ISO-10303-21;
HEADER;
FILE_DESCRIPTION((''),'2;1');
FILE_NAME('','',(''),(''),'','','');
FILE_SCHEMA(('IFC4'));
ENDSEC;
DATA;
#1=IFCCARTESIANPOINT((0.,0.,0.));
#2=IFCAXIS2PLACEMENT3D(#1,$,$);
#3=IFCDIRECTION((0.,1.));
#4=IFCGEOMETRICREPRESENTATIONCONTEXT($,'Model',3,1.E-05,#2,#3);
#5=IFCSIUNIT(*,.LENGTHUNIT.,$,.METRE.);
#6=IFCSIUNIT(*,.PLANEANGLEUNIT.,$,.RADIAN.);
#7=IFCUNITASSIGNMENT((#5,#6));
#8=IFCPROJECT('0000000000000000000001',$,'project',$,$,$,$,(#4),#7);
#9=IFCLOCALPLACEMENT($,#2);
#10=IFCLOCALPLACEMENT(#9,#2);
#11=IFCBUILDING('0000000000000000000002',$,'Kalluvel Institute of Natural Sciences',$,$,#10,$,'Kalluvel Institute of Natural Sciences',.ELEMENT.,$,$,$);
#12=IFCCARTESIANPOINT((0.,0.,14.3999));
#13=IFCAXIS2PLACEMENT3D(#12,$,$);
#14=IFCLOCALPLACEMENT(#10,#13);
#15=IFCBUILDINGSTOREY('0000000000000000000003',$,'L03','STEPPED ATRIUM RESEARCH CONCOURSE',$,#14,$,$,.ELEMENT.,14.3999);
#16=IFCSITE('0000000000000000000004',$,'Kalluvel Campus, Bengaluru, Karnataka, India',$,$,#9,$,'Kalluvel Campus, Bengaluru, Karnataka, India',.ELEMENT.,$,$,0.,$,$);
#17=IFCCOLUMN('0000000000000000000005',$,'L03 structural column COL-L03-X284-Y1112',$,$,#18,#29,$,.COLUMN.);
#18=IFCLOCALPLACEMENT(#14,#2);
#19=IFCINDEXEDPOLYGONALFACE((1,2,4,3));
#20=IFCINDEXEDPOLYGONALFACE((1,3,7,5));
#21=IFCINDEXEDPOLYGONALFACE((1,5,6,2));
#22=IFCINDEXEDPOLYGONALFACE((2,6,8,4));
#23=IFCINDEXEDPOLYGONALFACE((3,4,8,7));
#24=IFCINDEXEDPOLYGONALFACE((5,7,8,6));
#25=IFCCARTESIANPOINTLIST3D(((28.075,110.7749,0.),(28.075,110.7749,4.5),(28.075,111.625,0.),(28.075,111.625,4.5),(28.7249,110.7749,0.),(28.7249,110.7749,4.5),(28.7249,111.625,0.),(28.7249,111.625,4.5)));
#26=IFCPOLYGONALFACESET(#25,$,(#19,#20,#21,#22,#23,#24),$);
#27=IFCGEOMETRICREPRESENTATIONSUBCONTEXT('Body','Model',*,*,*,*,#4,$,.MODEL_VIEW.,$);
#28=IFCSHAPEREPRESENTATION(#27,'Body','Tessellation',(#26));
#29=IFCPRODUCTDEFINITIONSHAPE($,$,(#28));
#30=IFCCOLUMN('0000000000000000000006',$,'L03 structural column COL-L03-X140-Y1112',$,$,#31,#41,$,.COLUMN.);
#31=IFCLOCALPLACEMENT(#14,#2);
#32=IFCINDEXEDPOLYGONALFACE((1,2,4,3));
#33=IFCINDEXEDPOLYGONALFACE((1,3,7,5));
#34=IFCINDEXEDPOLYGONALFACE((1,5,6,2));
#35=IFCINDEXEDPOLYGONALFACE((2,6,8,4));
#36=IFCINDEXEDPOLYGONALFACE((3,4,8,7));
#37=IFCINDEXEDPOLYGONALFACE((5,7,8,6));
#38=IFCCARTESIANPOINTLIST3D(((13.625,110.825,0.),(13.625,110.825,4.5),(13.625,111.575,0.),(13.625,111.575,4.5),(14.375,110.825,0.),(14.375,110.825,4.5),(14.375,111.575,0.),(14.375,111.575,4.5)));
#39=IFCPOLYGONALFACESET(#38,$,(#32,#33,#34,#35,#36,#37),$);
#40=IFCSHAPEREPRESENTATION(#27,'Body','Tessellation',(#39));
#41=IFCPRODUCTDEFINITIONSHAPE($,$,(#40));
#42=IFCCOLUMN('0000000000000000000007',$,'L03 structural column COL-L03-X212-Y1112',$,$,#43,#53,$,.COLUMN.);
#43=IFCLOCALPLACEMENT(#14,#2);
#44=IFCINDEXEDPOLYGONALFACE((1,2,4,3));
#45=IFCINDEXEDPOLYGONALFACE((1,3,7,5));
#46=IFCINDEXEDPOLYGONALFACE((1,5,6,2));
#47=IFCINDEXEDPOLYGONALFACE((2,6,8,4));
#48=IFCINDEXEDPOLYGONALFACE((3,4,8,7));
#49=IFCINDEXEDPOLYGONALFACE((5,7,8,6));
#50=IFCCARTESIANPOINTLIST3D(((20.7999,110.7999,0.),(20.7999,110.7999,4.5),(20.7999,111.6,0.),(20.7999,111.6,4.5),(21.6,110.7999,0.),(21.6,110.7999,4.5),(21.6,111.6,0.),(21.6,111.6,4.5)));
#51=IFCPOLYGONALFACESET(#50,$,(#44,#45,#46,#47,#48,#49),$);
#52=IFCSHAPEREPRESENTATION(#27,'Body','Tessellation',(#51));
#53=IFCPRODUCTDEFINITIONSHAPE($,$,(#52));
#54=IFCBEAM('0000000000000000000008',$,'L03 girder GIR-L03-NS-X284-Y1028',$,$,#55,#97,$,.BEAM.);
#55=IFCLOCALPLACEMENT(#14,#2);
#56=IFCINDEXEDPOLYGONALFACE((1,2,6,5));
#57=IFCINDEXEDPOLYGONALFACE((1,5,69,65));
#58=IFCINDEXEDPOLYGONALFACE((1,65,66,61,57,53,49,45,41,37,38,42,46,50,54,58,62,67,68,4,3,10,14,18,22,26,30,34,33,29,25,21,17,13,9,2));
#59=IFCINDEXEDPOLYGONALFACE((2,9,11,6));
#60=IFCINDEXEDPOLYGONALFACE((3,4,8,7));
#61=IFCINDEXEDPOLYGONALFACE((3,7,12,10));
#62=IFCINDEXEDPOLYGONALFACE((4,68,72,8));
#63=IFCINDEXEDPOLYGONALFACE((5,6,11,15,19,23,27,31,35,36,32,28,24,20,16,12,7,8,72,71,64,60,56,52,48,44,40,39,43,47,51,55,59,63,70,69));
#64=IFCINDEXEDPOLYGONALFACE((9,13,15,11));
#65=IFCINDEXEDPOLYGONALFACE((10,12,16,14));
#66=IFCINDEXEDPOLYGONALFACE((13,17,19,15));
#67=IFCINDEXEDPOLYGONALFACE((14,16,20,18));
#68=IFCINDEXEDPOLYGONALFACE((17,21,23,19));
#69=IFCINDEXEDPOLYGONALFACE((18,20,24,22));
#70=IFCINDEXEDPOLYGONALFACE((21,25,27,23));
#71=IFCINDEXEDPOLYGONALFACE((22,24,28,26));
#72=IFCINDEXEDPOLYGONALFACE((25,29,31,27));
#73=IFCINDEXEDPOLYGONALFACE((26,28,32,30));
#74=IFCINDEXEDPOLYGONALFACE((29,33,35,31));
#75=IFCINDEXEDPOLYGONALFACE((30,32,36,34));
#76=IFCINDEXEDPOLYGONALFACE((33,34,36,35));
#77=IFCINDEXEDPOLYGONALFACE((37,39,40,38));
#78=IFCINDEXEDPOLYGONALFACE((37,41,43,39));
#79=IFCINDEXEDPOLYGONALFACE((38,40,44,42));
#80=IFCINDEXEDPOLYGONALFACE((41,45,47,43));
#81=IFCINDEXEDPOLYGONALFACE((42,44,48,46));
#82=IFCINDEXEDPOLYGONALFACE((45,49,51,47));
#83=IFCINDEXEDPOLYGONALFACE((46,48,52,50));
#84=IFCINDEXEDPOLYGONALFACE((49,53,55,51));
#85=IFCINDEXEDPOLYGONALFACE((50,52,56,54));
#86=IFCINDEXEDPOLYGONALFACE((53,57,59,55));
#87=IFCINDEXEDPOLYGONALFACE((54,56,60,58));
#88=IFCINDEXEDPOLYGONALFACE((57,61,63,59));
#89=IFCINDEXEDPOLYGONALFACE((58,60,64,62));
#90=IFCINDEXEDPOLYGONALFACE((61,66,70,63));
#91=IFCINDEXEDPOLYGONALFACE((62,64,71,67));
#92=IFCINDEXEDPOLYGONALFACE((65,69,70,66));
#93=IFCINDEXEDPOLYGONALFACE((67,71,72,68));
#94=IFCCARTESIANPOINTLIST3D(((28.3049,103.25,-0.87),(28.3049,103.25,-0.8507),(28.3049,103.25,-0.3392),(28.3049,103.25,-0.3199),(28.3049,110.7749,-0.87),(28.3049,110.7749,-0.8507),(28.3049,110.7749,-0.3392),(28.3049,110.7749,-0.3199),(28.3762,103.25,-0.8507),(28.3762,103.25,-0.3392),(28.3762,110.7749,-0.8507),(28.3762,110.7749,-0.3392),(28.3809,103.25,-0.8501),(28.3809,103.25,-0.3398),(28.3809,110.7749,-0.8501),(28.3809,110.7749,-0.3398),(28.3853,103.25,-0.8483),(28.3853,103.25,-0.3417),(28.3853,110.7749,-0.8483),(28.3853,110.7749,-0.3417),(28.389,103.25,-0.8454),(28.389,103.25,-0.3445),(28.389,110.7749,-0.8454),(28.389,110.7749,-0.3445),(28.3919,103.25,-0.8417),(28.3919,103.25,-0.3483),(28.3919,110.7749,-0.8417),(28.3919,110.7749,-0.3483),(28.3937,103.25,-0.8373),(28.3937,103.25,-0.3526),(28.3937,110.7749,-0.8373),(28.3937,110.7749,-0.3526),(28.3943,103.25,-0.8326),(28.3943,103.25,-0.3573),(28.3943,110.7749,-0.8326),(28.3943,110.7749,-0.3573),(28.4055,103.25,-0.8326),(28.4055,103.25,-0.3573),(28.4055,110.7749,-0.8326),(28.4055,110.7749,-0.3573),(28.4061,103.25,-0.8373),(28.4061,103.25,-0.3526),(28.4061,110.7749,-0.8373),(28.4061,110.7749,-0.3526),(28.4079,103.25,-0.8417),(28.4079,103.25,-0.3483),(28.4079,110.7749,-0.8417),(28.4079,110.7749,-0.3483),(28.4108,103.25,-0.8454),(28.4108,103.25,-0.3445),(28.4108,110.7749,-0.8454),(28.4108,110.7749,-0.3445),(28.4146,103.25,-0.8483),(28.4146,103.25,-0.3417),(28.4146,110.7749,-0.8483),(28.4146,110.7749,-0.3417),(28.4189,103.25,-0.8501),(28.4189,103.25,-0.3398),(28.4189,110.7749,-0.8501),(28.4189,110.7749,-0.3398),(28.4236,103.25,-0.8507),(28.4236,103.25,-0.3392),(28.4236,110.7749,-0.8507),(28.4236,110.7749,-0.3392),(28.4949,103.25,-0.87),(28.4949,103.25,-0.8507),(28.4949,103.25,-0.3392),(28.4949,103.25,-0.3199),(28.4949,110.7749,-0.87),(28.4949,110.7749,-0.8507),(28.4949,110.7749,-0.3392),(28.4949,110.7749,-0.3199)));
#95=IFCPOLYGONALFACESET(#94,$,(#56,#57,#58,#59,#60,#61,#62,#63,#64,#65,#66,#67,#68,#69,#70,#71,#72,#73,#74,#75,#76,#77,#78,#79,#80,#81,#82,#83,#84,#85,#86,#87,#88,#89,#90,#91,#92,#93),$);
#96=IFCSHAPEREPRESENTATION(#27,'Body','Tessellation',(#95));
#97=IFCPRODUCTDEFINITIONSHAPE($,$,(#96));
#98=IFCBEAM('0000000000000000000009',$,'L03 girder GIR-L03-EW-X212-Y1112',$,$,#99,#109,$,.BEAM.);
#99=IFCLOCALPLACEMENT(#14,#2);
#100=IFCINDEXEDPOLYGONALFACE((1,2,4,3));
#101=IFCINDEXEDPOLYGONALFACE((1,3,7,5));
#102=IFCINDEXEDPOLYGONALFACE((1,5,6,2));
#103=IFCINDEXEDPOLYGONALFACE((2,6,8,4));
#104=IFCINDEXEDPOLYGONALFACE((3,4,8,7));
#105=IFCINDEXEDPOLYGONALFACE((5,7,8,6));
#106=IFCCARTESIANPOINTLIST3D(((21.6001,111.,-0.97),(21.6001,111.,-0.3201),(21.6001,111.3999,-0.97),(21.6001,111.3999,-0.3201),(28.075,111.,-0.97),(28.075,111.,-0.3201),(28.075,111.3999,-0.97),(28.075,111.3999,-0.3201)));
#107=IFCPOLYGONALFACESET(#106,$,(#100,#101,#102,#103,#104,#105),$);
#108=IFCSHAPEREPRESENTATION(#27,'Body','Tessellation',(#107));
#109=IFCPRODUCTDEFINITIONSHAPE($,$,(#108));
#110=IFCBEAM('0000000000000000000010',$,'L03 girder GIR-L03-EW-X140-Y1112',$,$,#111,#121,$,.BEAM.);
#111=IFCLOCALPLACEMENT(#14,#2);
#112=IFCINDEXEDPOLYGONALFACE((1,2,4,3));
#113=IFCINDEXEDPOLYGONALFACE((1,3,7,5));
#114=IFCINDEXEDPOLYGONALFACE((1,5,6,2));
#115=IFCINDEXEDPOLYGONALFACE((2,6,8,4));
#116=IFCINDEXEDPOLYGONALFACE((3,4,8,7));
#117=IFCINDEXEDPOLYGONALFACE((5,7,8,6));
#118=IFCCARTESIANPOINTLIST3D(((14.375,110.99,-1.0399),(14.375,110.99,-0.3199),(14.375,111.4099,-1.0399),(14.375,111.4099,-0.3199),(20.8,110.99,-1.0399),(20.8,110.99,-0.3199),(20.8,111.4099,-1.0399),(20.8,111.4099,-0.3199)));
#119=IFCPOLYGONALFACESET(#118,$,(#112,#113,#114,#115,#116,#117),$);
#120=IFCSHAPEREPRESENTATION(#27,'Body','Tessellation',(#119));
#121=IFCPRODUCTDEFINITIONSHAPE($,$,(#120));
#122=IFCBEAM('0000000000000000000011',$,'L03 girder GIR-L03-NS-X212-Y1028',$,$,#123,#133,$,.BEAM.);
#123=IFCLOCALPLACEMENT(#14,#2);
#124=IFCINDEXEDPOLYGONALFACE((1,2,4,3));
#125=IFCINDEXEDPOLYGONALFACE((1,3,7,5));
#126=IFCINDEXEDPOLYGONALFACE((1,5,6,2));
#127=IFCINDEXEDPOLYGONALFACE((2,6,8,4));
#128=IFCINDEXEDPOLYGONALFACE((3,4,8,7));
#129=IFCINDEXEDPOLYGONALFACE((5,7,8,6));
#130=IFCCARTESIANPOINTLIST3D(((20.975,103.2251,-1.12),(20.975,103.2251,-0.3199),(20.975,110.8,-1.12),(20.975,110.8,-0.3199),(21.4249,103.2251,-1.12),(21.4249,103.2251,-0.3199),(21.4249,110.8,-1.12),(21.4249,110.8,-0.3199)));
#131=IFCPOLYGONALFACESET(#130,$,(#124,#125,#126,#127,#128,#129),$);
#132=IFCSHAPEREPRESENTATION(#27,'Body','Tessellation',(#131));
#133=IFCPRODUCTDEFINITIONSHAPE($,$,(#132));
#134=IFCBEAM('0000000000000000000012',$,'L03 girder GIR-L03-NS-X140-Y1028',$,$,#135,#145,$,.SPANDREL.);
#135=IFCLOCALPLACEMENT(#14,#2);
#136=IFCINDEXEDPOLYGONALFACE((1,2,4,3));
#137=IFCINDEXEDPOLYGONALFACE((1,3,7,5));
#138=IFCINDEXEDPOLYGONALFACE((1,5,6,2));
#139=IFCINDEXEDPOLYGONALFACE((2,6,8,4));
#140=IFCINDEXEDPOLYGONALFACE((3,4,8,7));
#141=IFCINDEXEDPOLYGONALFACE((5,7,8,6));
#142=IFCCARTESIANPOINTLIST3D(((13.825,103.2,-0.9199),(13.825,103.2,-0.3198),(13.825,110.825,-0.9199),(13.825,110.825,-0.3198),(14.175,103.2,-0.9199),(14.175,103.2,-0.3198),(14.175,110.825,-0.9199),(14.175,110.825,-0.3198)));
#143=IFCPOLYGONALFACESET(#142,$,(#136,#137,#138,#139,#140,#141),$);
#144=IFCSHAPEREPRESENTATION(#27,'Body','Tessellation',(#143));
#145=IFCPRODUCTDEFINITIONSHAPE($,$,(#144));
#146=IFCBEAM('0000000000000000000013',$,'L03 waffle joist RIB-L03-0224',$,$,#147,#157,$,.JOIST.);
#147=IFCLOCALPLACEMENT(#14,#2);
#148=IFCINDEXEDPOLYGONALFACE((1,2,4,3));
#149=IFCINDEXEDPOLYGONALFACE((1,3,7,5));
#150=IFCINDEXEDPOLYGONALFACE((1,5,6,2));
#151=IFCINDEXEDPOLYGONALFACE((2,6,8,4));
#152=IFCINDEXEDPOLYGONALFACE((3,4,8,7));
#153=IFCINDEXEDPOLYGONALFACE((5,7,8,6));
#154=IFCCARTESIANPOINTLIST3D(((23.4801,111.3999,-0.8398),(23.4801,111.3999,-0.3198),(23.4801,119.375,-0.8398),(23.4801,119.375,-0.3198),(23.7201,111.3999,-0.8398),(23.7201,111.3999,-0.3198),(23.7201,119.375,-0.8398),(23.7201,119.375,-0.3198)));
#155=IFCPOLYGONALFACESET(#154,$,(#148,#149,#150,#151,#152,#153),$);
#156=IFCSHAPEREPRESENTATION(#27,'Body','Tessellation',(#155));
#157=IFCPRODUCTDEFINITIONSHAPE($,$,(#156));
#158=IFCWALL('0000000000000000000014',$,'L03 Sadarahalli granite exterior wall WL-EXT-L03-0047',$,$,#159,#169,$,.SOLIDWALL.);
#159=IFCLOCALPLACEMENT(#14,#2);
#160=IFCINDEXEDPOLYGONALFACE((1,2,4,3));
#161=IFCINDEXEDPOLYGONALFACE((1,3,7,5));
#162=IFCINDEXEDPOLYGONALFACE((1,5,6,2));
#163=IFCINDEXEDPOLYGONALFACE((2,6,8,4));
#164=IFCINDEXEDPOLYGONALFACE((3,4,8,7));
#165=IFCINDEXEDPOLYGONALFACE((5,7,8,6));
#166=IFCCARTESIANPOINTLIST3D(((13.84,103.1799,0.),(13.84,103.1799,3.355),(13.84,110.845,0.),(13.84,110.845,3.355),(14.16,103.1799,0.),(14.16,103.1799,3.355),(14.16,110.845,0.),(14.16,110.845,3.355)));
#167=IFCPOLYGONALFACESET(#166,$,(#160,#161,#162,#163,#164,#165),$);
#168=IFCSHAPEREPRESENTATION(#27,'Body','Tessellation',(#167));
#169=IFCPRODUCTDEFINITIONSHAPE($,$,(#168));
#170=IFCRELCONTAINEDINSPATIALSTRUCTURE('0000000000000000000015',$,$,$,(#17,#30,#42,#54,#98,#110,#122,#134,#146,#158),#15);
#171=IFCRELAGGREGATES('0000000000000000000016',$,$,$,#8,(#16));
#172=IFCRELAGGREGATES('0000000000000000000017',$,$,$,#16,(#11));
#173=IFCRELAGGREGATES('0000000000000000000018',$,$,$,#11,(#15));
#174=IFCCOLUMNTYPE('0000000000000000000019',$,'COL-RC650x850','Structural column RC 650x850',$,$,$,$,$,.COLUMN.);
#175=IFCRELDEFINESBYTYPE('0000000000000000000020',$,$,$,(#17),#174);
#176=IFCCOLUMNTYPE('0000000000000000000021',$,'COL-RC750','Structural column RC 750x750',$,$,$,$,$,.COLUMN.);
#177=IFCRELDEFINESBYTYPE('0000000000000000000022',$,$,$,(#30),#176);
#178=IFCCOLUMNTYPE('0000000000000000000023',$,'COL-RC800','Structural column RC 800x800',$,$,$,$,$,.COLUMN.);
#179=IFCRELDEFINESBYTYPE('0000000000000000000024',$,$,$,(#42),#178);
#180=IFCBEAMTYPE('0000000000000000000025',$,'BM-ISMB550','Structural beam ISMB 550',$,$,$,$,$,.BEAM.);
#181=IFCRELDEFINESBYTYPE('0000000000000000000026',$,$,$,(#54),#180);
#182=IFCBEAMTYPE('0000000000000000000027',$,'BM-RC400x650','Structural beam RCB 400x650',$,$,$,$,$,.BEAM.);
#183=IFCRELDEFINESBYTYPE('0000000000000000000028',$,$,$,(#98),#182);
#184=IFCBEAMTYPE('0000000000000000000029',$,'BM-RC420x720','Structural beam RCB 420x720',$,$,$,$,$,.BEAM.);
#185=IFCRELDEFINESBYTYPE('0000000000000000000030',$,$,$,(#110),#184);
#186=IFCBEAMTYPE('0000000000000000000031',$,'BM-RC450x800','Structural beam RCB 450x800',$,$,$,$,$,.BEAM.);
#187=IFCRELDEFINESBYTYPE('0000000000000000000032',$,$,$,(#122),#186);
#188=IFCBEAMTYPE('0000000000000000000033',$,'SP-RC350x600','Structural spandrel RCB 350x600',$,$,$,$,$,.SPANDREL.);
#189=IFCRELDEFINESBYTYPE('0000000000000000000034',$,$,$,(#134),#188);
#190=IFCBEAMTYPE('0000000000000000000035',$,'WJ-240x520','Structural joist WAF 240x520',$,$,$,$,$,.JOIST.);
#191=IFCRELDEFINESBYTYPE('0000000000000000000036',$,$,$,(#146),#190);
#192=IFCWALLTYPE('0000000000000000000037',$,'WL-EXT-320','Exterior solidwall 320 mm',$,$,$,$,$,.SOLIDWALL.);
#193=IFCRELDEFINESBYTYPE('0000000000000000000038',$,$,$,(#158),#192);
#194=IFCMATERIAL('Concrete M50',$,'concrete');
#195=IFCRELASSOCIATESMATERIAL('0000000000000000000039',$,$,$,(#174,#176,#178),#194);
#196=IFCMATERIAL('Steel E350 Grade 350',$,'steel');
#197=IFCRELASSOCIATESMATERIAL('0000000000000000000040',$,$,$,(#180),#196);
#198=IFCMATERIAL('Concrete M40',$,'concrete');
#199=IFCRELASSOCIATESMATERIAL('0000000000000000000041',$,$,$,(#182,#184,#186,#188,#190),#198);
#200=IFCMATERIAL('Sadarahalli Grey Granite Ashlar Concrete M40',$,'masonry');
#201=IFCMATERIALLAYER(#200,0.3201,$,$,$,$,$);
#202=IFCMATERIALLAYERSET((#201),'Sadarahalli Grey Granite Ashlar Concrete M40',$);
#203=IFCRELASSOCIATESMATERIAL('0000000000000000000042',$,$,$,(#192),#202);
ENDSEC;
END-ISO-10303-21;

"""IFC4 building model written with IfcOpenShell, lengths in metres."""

from ifc_helpers import new_model, si_unit, direction, frame, frame_2d, origin, origin_2d, place, context, subcontext, project, spatial, rectangle, i_section, extrude, material, layer, layer_set, material_profile, profile_set, type_object, element, save


model = new_model("IFC4")

# Units and contexts
model_context = context("Model", 3, precision=1e-05, world=origin(), true_north=direction((0.0, 1.0)))
body_context = subcontext(model_context, "Body", "Model", "MODEL_VIEW")
ifc_project = project(units=[si_unit("LENGTHUNIT", "METRE"), si_unit("PLANEANGLEUNIT", "RADIAN")], contexts=[model_context])

# Site, building, storey
site_placement = place(None, origin())
site = spatial("IfcSite", under=ifc_project, at=site_placement, Name="Kalluvel Campus, Bengaluru, Karnataka, India", LongName="Kalluvel Campus, Bengaluru, Karnataka, India", CompositionType="ELEMENT", RefElevation=0.0)
building_placement = place(site_placement, origin())
building = spatial("IfcBuilding", under=site, at=building_placement, Name="Kalluvel Institute of Natural Sciences", LongName="Kalluvel Institute of Natural Sciences", CompositionType="ELEMENT")
storey_placement = place(building_placement, frame((0.0, 0.0, 14.3999)))
storey = spatial("IfcBuildingStorey", under=building, at=storey_placement, Name="L03", Description="STEPPED ATRIUM RESEARCH CONCOURSE", CompositionType="ELEMENT", Elevation=14.3999)

# Columns
ifc_material_1 = material(Name="Concrete M50", Category="concrete")
ifc_material_profile_1 = material_profile(ifc_material_1, rectangle(XDim=0.6499, YDim=0.8501, at=origin_2d()), Name="RC 650x850")
ifc_profile_set_1 = profile_set([ifc_material_profile_1], Name="Concrete M50")
column_type_1 = type_object("IfcColumnType", Name="COL-RC650x850", Description="Structural column RC 650x850", PredefinedType="COLUMN", material=ifc_profile_set_1)
column_1_placement = place(storey_placement, frame((28.3999, 111.2, 0.0), z_axis=(0.0, 0.0, 1.0), x_axis=(1.0, 0.0, 0.0)))
element("IfcColumn", 1, at=column_1_placement, inside=storey, type_object=column_type_1, Name="L03 structural column COL-L03-X284-Y1112", PredefinedType="COLUMN", context=body_context, shape_type="SweptSolid", body=[
    extrude(rectangle(XDim=0.6499, YDim=0.8501, at=origin_2d()), origin(), (0.0, 0.0, 1.0), 4.5),
])
ifc_material_profile_2 = material_profile(ifc_material_1, rectangle(XDim=0.75, YDim=0.75, at=origin_2d()), Name="RC 750x750")
ifc_profile_set_2 = profile_set([ifc_material_profile_2], Name="Concrete M50")
column_type_2 = type_object("IfcColumnType", Name="COL-RC750", Description="Structural column RC 750x750", PredefinedType="COLUMN", material=ifc_profile_set_2)
column_2_placement = place(storey_placement, frame((14.0, 111.2, 0.0), z_axis=(0.0, 0.0, 1.0), x_axis=(1.0, 0.0, 0.0)))
element("IfcColumn", 2, at=column_2_placement, inside=storey, type_object=column_type_2, Name="L03 structural column COL-L03-X140-Y1112", PredefinedType="COLUMN", context=body_context, shape_type="SweptSolid", body=[
    extrude(rectangle(XDim=0.75, YDim=0.75, at=origin_2d()), origin(), (0.0, 0.0, 1.0), 4.5),
])
ifc_material_profile_3 = material_profile(ifc_material_1, rectangle(XDim=0.8, YDim=0.8, at=origin_2d()), Name="RC 800x800")
ifc_profile_set_3 = profile_set([ifc_material_profile_3], Name="Concrete M50")
column_type_3 = type_object("IfcColumnType", Name="COL-RC800", Description="Structural column RC 800x800", PredefinedType="COLUMN", material=ifc_profile_set_3)
column_3_placement = place(storey_placement, frame((21.2, 111.2, 0.0), z_axis=(0.0, 0.0, 1.0), x_axis=(1.0, 0.0, 0.0)))
element("IfcColumn", 3, at=column_3_placement, inside=storey, type_object=column_type_3, Name="L03 structural column COL-L03-X212-Y1112", PredefinedType="COLUMN", context=body_context, shape_type="SweptSolid", body=[
    extrude(rectangle(XDim=0.8, YDim=0.8, at=origin_2d()), origin(), (0.0, 0.0, 1.0), 4.5),
])

# Beams
ifc_material_2 = material(Name="Steel E350 Grade 350", Category="steel")
ifc_material_profile_4 = material_profile(ifc_material_2, i_section(OverallWidth=0.1899, OverallDepth=0.55, WebThickness=0.0112, FlangeThickness=0.0193, FilletRadius=0.0181, at=origin_2d()), Name="ISMB 550")
ifc_profile_set_4 = profile_set([ifc_material_profile_4], Name="Steel E350 Grade 350")
beam_type_1 = type_object("IfcBeamType", Name="BM-ISMB550", Description="Structural beam ISMB 550", PredefinedType="BEAM", material=ifc_profile_set_4)
beam_1_placement = place(storey_placement, frame((28.3999, 103.25, -0.595), z_axis=(0.0, 1.0, 0.0), x_axis=(-1.0, 0.0, 0.0)))
element("IfcBeam", 4, at=beam_1_placement, inside=storey, type_object=beam_type_1, Name="L03 girder GIR-L03-NS-X284-Y1028", PredefinedType="BEAM", context=body_context, shape_type="SweptSolid", body=[
    extrude(i_section(OverallWidth=0.1899, OverallDepth=0.55, WebThickness=0.0112, FlangeThickness=0.0193, FilletRadius=0.0181, at=origin_2d()), origin(), (0.0, 0.0, 1.0), 7.5249),
])
ifc_material_3 = material(Name="Concrete M40", Category="concrete")
ifc_material_profile_5 = material_profile(ifc_material_3, rectangle(XDim=0.3999, YDim=0.6499, at=origin_2d()), Name="RCB 400x650")
ifc_profile_set_5 = profile_set([ifc_material_profile_5], Name="Concrete M40")
beam_type_2 = type_object("IfcBeamType", Name="BM-RC400x650", Description="Structural beam RCB 400x650", PredefinedType="BEAM", material=ifc_profile_set_5)
beam_2_placement = place(storey_placement, frame((21.6001, 111.2, -0.645), z_axis=(1.0, 0.0, 0.0), x_axis=(0.0, 1.0, 0.0)))
element("IfcBeam", 5, at=beam_2_placement, inside=storey, type_object=beam_type_2, Name="L03 girder GIR-L03-EW-X212-Y1112", PredefinedType="BEAM", context=body_context, shape_type="SweptSolid", body=[
    extrude(rectangle(XDim=0.3999, YDim=0.6499, at=origin_2d()), origin(), (0.0, 0.0, 1.0), 6.4749),
])
ifc_material_profile_6 = material_profile(ifc_material_3, rectangle(XDim=0.4199, YDim=0.72, at=origin_2d()), Name="RCB 420x720")
ifc_profile_set_6 = profile_set([ifc_material_profile_6], Name="Concrete M40")
beam_type_3 = type_object("IfcBeamType", Name="BM-RC420x720", Description="Structural beam RCB 420x720", PredefinedType="BEAM", material=ifc_profile_set_6)
beam_3_placement = place(storey_placement, frame((14.375, 111.2, -0.6799), z_axis=(1.0, 0.0, 0.0), x_axis=(0.0, 1.0, 0.0)))
element("IfcBeam", 6, at=beam_3_placement, inside=storey, type_object=beam_type_3, Name="L03 girder GIR-L03-EW-X140-Y1112", PredefinedType="BEAM", context=body_context, shape_type="SweptSolid", body=[
    extrude(rectangle(XDim=0.4199, YDim=0.72, at=origin_2d()), origin(), (0.0, 0.0, 1.0), 6.425),
])
ifc_material_profile_7 = material_profile(ifc_material_3, rectangle(XDim=0.45, YDim=0.8, at=origin_2d()), Name="RCB 450x800")
ifc_profile_set_7 = profile_set([ifc_material_profile_7], Name="Concrete M40")
beam_type_4 = type_object("IfcBeamType", Name="BM-RC450x800", Description="Structural beam RCB 450x800", PredefinedType="BEAM", material=ifc_profile_set_7)
beam_4_placement = place(storey_placement, frame((21.2, 103.2251, -0.72), z_axis=(0.0, 1.0, 0.0), x_axis=(-1.0, 0.0, 0.0)))
element("IfcBeam", 7, at=beam_4_placement, inside=storey, type_object=beam_type_4, Name="L03 girder GIR-L03-NS-X212-Y1028", PredefinedType="BEAM", context=body_context, shape_type="SweptSolid", body=[
    extrude(rectangle(XDim=0.45, YDim=0.8, at=origin_2d()), origin(), (0.0, 0.0, 1.0), 7.575),
])
ifc_material_profile_8 = material_profile(ifc_material_3, rectangle(XDim=0.3501, YDim=0.6001, at=origin_2d()), Name="RCB 350x600")
ifc_profile_set_8 = profile_set([ifc_material_profile_8], Name="Concrete M40")
beam_type_5 = type_object("IfcBeamType", Name="SP-RC350x600", Description="Structural spandrel RCB 350x600", PredefinedType="SPANDREL", material=ifc_profile_set_8)
beam_5_placement = place(storey_placement, frame((14.0, 103.2, -0.6199), z_axis=(0.0, 1.0, 0.0), x_axis=(-1.0, 0.0, 0.0)))
element("IfcBeam", 8, at=beam_5_placement, inside=storey, type_object=beam_type_5, Name="L03 girder GIR-L03-NS-X140-Y1028", PredefinedType="SPANDREL", context=body_context, shape_type="SweptSolid", body=[
    extrude(rectangle(XDim=0.3501, YDim=0.6001, at=origin_2d()), origin(), (0.0, 0.0, 1.0), 7.625),
])
ifc_material_profile_9 = material_profile(ifc_material_3, rectangle(XDim=0.24, YDim=0.52, at=origin_2d()), Name="WAF 240x520")
ifc_profile_set_9 = profile_set([ifc_material_profile_9], Name="Concrete M40")
beam_type_6 = type_object("IfcBeamType", Name="WJ-240x520", Description="Structural joist WAF 240x520", PredefinedType="JOIST", material=ifc_profile_set_9)
beam_6_placement = place(storey_placement, frame((23.6001, 111.3999, -0.5798), z_axis=(0.0, 1.0, 0.0), x_axis=(-1.0, 0.0, 0.0)))
element("IfcBeam", 9, at=beam_6_placement, inside=storey, type_object=beam_type_6, Name="L03 waffle joist RIB-L03-0224", PredefinedType="JOIST", context=body_context, shape_type="SweptSolid", body=[
    extrude(rectangle(XDim=0.24, YDim=0.52, at=origin_2d()), origin(), (0.0, 0.0, 1.0), 7.9751),
])

# Wall
ifc_material_4 = material(Name="Sadarahalli Grey Granite Ashlar Concrete M40", Category="masonry")
ifc_layer_1 = layer(ifc_material_4, 0.3201)
ifc_layer_set_1 = layer_set([ifc_layer_1], Name="Sadarahalli Grey Granite Ashlar Concrete M40")
wall_type_1 = type_object("IfcWallType", Name="WL-EXT-320", Description="Exterior solidwall 320 mm", PredefinedType="SOLIDWALL", material=ifc_layer_set_1)
wall_1_placement = place(storey_placement, frame((14.0, 103.1799, 0.0), z_axis=(0.0, 0.0, 1.0), x_axis=(0.0, 1.0, 0.0)))
element("IfcWall", 10, at=wall_1_placement, inside=storey, type_object=wall_type_1, Name="L03 Sadarahalli granite exterior wall WL-EXT-L03-0047", PredefinedType="SOLIDWALL", context=body_context, shape_type="SweptSolid", body=[
    extrude(rectangle(XDim=7.665, YDim=0.3201, at=frame_2d((3.8325, 0.0))), origin(), (0.0, 0.0, 1.0), 3.355),
])

save(model, "model.ifc")
